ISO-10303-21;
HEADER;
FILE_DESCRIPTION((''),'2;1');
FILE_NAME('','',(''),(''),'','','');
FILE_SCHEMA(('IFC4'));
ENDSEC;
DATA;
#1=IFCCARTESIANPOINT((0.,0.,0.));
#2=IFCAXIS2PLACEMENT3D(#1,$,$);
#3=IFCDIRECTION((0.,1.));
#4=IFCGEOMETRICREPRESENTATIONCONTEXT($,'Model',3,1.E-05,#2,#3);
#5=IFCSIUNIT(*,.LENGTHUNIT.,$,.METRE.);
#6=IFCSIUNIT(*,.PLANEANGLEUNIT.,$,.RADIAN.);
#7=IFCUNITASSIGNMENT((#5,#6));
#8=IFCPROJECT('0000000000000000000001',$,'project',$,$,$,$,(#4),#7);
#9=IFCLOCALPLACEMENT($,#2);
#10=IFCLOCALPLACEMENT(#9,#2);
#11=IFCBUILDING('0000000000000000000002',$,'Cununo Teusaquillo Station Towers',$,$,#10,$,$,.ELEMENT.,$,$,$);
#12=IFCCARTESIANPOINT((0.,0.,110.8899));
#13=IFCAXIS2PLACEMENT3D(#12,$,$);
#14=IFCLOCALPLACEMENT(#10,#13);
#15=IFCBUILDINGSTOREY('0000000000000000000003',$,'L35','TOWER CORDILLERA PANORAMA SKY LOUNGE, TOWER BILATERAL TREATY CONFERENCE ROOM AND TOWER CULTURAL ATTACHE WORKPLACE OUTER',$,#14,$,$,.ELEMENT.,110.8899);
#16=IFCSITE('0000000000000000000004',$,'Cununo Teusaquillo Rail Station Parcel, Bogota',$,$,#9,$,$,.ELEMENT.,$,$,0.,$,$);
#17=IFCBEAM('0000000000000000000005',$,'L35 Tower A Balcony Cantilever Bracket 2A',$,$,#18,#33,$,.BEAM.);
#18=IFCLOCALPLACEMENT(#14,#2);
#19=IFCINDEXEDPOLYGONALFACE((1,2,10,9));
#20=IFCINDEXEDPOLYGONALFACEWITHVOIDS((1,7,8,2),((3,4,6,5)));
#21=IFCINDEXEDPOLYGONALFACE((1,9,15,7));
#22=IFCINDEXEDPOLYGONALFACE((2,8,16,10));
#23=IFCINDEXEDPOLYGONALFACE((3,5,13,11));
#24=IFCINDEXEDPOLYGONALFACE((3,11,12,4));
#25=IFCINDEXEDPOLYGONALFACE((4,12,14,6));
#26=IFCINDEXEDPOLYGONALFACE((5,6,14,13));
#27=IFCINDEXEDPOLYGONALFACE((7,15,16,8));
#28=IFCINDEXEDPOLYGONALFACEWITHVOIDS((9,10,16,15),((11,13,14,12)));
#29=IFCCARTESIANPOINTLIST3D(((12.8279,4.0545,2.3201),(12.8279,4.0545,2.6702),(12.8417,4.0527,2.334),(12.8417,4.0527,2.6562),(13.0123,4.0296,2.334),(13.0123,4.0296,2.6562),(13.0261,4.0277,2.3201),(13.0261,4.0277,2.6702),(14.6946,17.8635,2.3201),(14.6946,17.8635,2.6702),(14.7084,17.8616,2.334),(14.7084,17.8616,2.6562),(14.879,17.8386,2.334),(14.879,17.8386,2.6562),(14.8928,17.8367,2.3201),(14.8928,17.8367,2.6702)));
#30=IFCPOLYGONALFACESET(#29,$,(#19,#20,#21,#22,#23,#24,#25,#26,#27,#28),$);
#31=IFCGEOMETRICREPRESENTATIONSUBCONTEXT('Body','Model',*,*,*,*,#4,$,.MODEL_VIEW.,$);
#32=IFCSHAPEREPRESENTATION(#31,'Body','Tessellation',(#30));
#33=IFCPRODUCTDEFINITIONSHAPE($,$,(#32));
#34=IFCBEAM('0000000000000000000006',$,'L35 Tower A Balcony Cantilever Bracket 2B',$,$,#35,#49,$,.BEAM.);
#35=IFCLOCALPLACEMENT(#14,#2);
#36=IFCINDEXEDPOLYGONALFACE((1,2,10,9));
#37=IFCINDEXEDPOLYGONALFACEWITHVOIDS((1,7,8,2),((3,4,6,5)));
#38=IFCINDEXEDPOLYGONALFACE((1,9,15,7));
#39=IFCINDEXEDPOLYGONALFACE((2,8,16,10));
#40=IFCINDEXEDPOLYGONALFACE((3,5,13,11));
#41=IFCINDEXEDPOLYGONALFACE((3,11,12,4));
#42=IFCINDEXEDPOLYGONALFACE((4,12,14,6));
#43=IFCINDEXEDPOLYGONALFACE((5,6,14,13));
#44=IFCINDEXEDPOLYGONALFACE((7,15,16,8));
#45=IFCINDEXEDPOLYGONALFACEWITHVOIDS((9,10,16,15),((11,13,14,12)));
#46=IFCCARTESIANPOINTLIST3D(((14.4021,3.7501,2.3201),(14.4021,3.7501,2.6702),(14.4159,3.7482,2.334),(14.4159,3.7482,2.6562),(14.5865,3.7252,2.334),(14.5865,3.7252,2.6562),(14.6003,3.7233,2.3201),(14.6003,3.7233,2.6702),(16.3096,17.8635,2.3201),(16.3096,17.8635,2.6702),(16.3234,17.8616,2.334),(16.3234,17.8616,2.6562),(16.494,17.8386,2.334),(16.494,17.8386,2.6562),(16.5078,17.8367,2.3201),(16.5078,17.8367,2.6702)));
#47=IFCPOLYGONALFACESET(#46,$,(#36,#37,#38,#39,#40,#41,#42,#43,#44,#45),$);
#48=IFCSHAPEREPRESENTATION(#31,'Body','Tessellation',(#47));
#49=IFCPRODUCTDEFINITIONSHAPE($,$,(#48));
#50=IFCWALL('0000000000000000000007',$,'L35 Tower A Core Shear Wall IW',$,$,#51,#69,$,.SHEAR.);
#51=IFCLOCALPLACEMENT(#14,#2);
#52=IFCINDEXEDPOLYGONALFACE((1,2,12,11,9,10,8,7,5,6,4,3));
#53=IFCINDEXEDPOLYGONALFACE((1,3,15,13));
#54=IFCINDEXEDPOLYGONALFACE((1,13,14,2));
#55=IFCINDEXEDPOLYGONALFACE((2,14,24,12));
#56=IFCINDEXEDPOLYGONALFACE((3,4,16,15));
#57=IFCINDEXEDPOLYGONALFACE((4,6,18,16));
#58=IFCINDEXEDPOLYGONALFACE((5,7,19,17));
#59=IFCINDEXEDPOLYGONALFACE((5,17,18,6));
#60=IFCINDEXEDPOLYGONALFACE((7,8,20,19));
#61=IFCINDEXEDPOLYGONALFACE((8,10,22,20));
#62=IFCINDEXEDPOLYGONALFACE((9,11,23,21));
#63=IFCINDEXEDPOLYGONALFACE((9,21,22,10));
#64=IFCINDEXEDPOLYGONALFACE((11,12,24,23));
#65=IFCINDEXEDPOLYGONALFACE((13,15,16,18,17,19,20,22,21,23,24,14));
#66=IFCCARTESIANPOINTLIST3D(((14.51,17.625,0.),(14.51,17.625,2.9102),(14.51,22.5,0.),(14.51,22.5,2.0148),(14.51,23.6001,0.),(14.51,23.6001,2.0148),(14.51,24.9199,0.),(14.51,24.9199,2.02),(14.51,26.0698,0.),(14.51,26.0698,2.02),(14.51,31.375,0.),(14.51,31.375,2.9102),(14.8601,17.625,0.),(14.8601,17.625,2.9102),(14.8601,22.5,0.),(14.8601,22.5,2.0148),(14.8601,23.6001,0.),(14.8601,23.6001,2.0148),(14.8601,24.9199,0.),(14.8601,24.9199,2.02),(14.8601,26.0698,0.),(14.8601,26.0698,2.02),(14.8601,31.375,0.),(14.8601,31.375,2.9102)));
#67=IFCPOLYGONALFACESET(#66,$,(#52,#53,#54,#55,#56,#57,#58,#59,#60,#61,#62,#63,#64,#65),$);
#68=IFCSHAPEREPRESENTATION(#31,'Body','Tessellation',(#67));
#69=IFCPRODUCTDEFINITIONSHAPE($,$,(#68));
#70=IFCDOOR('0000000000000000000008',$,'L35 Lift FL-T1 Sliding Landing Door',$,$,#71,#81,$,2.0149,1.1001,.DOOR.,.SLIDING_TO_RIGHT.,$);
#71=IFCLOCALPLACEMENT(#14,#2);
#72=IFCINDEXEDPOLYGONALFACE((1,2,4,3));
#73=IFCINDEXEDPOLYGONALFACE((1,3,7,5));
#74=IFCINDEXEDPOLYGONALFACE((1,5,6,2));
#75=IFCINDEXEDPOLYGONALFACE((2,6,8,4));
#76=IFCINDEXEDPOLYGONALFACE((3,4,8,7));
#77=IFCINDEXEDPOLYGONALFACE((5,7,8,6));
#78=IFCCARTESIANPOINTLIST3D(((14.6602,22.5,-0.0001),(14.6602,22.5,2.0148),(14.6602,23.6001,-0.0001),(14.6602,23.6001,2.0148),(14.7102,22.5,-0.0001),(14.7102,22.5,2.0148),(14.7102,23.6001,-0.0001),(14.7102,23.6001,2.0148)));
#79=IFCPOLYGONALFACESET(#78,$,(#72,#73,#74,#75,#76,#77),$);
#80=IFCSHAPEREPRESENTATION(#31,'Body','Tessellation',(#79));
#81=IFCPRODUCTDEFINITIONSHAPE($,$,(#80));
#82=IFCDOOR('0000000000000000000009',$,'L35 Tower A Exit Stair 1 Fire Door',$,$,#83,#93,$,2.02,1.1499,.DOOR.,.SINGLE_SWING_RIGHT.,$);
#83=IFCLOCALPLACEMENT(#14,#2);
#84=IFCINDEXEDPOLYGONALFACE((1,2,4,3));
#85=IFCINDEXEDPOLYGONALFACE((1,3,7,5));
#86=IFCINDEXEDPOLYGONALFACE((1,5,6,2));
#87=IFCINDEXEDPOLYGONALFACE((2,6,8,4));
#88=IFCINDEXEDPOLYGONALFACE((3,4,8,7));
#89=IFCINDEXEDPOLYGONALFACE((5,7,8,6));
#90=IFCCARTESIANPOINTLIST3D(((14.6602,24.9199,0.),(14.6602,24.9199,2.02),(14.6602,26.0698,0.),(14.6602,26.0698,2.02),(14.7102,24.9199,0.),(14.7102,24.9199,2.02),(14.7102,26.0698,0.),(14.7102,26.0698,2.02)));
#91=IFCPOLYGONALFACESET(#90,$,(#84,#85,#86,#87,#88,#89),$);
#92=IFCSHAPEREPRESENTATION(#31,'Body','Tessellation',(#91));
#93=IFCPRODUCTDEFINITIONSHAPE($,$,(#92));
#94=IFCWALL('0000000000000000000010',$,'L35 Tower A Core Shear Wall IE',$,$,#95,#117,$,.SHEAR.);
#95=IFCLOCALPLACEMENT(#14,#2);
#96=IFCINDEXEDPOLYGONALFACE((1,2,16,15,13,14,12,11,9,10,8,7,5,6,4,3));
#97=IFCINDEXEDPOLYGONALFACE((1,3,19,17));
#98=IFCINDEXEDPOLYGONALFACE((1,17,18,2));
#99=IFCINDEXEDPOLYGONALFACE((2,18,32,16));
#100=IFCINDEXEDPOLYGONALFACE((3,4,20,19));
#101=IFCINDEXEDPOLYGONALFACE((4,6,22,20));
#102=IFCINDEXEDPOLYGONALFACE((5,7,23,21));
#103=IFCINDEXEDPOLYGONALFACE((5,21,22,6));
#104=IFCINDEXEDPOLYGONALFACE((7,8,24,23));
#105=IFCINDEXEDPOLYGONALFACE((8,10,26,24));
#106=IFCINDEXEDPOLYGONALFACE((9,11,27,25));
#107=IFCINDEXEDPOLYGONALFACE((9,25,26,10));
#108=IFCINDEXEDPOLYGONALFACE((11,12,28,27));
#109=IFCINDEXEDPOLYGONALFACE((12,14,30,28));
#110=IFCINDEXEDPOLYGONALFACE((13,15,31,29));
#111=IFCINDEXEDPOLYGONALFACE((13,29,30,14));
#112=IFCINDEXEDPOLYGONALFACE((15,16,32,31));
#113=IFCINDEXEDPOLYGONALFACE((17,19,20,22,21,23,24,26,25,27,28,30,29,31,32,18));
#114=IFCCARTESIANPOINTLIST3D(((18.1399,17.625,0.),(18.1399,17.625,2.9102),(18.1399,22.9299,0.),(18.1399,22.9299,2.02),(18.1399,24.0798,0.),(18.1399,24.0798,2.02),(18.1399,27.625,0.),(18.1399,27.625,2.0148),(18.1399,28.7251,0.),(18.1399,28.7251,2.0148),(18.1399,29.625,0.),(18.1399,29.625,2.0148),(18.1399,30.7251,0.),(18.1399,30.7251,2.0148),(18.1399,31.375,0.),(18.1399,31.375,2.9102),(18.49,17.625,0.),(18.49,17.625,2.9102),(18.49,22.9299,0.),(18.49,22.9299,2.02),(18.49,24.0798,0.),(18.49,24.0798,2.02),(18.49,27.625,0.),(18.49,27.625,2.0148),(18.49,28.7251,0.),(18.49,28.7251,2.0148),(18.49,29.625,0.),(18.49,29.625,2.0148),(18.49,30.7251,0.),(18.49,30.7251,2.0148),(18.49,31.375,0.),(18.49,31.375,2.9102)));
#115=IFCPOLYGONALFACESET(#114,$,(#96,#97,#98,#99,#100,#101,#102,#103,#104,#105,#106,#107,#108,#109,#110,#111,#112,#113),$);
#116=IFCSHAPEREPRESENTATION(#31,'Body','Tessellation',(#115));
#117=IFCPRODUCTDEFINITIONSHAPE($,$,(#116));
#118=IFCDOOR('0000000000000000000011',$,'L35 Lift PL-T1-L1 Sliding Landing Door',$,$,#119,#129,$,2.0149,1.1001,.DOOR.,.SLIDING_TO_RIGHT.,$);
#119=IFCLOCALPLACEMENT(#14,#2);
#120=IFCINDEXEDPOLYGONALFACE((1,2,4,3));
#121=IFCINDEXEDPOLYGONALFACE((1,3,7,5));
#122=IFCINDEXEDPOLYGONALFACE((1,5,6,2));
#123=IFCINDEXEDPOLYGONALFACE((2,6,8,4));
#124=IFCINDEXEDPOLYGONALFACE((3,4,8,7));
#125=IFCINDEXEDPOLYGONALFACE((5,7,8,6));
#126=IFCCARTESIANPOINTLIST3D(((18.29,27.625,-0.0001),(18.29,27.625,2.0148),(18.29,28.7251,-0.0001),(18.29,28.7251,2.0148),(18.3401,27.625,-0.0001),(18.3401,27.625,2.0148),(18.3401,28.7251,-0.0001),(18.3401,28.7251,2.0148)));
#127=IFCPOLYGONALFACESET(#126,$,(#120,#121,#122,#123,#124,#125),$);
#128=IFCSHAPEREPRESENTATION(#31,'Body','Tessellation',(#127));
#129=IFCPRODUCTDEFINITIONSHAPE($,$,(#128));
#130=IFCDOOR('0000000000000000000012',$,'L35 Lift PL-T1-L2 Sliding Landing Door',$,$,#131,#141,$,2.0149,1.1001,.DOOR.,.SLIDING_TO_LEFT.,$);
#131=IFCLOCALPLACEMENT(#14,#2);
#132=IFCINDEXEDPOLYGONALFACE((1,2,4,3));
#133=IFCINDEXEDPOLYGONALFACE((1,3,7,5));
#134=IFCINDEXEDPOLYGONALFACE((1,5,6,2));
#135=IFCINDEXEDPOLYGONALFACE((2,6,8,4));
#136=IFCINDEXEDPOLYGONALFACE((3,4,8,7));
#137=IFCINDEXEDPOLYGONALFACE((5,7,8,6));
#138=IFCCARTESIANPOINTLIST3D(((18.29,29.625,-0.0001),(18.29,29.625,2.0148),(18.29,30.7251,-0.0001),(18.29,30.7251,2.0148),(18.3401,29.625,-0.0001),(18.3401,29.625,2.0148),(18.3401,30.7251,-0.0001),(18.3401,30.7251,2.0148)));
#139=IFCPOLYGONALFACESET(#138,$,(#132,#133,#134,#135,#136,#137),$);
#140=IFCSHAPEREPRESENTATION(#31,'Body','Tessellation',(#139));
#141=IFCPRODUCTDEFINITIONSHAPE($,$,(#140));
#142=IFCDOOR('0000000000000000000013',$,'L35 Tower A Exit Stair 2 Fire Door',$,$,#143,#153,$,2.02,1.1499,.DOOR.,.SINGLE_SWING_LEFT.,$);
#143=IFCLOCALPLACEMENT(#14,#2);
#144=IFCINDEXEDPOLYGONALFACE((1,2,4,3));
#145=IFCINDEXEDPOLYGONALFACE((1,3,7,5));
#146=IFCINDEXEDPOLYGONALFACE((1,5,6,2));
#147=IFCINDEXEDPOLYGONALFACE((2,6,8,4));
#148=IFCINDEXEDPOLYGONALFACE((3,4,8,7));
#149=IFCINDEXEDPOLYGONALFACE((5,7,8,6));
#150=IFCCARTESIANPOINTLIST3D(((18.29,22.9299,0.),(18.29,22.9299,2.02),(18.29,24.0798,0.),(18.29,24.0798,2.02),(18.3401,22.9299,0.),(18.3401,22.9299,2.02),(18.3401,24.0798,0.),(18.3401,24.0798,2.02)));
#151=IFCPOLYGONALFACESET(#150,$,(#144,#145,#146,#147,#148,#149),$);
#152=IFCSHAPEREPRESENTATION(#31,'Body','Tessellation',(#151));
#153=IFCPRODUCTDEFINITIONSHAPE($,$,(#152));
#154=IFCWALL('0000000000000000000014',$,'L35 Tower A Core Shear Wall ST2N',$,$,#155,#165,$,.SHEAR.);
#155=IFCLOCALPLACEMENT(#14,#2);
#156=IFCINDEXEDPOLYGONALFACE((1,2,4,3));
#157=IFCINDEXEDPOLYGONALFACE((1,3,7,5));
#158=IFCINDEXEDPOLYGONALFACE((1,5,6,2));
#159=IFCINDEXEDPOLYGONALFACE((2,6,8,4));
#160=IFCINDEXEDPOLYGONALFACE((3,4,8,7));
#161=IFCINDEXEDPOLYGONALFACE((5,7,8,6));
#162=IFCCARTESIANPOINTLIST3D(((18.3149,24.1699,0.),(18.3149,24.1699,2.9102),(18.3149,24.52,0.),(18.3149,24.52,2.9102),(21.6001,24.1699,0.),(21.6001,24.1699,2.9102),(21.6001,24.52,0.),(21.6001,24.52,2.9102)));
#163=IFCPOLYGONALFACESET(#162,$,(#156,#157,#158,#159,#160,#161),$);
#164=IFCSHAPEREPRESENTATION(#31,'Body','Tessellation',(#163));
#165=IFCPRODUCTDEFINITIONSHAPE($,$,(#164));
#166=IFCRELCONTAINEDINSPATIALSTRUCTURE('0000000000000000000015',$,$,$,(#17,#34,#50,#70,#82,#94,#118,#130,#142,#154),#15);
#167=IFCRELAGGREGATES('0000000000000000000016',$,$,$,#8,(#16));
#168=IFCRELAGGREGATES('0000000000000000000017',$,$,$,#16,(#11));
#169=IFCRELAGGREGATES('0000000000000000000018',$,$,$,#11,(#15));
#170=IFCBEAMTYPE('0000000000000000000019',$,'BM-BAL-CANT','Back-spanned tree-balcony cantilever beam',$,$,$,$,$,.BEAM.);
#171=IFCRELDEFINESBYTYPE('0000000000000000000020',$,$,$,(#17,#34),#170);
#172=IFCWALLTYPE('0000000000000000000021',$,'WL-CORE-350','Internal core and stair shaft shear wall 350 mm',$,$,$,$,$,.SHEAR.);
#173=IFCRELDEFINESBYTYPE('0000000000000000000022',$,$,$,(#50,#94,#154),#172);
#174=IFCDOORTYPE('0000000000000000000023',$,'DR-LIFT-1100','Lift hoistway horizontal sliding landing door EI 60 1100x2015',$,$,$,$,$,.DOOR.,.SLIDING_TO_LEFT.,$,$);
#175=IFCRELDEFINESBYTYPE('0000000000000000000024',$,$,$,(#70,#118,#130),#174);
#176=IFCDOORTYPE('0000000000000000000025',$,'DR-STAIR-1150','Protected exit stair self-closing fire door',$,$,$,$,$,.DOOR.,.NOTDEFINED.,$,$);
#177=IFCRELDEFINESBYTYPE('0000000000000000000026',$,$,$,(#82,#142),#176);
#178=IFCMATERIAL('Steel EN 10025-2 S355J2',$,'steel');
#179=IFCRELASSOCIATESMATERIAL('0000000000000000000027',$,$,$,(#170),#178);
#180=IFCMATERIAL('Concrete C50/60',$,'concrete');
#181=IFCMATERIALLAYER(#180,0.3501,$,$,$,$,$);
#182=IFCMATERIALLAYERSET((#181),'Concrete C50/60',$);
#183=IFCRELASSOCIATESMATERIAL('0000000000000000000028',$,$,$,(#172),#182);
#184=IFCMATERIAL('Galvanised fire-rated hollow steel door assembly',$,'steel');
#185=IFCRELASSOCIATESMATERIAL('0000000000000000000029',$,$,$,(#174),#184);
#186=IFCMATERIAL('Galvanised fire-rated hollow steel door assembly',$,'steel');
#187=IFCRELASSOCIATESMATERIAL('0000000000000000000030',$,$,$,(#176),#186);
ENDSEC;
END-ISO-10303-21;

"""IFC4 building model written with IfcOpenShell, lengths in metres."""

from ifc_helpers import new_model, si_unit, direction, frame, frame_2d, origin, origin_2d, place, context, subcontext, project, spatial, rectangle, hollow_rectangle, extrude, source, transform, mapped, material, layer, layer_set, material_profile, profile_set, type_object, element, fill, save


model = new_model("IFC4")

# Units and contexts
model_context = context("Model", 3, precision=1e-05, world=origin(), true_north=direction((0.0, 1.0)))
body_context = subcontext(model_context, "Body", "Model", "MODEL_VIEW")
ifc_project = project(units=[si_unit("LENGTHUNIT", "METRE"), si_unit("PLANEANGLEUNIT", "RADIAN")], contexts=[model_context])

# Site, building, storey
site_placement = place(None, origin())
site = spatial("IfcSite", under=ifc_project, at=site_placement, Name="Cununo Teusaquillo Rail Station Parcel, Bogota", CompositionType="ELEMENT", RefElevation=0.0)
building_placement = place(site_placement, origin())
building = spatial("IfcBuilding", under=site, at=building_placement, Name="Cununo Teusaquillo Station Towers", CompositionType="ELEMENT")
storey_placement = place(building_placement, frame((0.0, 0.0, 110.8899)))
storey = spatial("IfcBuildingStorey", under=building, at=storey_placement, Name="L35", Description="TOWER CORDILLERA PANORAMA SKY LOUNGE, TOWER BILATERAL TREATY CONFERENCE ROOM AND TOWER CULTURAL ATTACHE WORKPLACE OUTER", CompositionType="ELEMENT", Elevation=110.8899)

# Beams
ifc_material_1 = material(Name="Steel EN 10025-2 S355J2", Category="steel")
ifc_material_profile = material_profile(ifc_material_1, hollow_rectangle(XDim=0.2, YDim=0.3501, WallThickness=0.0139, at=origin_2d()), Name="RHS 350x200x14")
ifc_profile_set = profile_set([ifc_material_profile], Name="Steel EN 10025-2 S355J2")
beam_type = type_object("IfcBeamType", Name="BM-BAL-CANT", Description="Back-spanned tree-balcony cantilever beam", PredefinedType="BEAM", material=ifc_profile_set)
beam_1_placement = place(storey_placement, frame((14.7937, 17.8501, 2.4951), z_axis=(-0.133961, -0.990987, 0.0), x_axis=(0.990987, -0.133961, 0.0)))
element("IfcBeam", 1, at=beam_1_placement, inside=storey, type_object=beam_type, Name="L35 Tower A Balcony Cantilever Bracket 2A", PredefinedType="BEAM", context=body_context, shape_type="SweptSolid", body=[
    extrude(hollow_rectangle(XDim=0.2, YDim=0.3501, WallThickness=0.0139, at=origin_2d()), origin(), (0.0, 0.0, 1.0), 13.9346),
])
beam_2_placement = place(storey_placement, frame((16.4087, 17.8501, 2.4951), z_axis=(-0.133937, -0.99099, 0.0), x_axis=(0.99099, -0.133937, 0.0)))
element("IfcBeam", 2, at=beam_2_placement, inside=storey, type_object=beam_type, Name="L35 Tower A Balcony Cantilever Bracket 2B", PredefinedType="BEAM", context=body_context, shape_type="SweptSolid", body=[
    extrude(hollow_rectangle(XDim=0.2, YDim=0.3501, WallThickness=0.0139, at=origin_2d()), origin(), (0.0, 0.0, 1.0), 14.2417),
])

# Walls, openings, doors
ifc_material_2 = material(Name="Concrete C50/60", Category="concrete")
ifc_layer_1 = layer(ifc_material_2, 0.3501)
ifc_layer_set_1 = layer_set([ifc_layer_1], Name="Concrete C50/60")
wall_type_1 = type_object("IfcWallType", Name="WL-CORE-350", Description="Internal core and stair shaft shear wall 350 mm", PredefinedType="SHEAR", material=ifc_layer_set_1)
wall_1_placement = place(storey_placement, frame((14.6851, 17.625, 0.0), z_axis=(0.0, 0.0, 1.0), x_axis=(0.0, 1.0, 0.0)))
wall_1 = element("IfcWall", 3, at=wall_1_placement, inside=storey, type_object=wall_type_1, Name="L35 Tower A Core Shear Wall IW", PredefinedType="SHEAR", context=body_context, shape_type="SweptSolid", body=[
    extrude(rectangle(XDim=13.75, YDim=0.3501, at=frame_2d((6.875, 0.0))), origin(), (0.0, 0.0, 1.0), 2.9102),
])
shared_shape_1 = source(origin(), body_context, "Body", "SweptSolid", [
    extrude(rectangle(XDim=1.1001, YDim=2.0149, at=frame_2d((0.55, 1.0073))), frame((0.0, 0.1851, 0.0), z_axis=(0.0, -1.0, 0.0), x_axis=(1.0, 0.0, 0.0)), (0.0, 0.0, 1.0), 0.3701),
])
opening_1_placement = place(wall_1_placement, frame((4.875, 0.0, 0.0)))
opening_1 = element("IfcOpeningElement", 4, at=opening_1_placement, cuts=wall_1, PredefinedType="OPENING", context=body_context, shape_type="MappedRepresentation", body=[
    mapped(shared_shape_1, transform((0.0, 0.0, 0.0), x_axis=(1.0, 0.0, 0.0), y_axis=(0.0, 1.0, 0.0), z_axis=(0.0, 0.0, 1.0), scale=1.0)),
])
shared_shape_2 = source(origin(), body_context, "Body", "SweptSolid", [
    extrude(rectangle(XDim=1.1499, YDim=2.02, at=frame_2d((0.575, 1.01))), frame((0.0, 0.1851, 0.0), z_axis=(0.0, -1.0, 0.0), x_axis=(1.0, 0.0, 0.0)), (0.0, 0.0, 1.0), 0.3701),
])
opening_2_placement = place(wall_1_placement, frame((7.2949, 0.0, 0.0)))
opening_2 = element("IfcOpeningElement", 5, at=opening_2_placement, cuts=wall_1, PredefinedType="OPENING", context=body_context, shape_type="MappedRepresentation", body=[
    mapped(shared_shape_2, transform((0.0, 0.0, 0.0), x_axis=(1.0, 0.0, 0.0), y_axis=(0.0, 1.0, 0.0), z_axis=(0.0, 0.0, 1.0), scale=1.0)),
])
ifc_material_3 = material(Name="Galvanised fire-rated hollow steel door assembly", Category="steel")
door_type_1 = type_object("IfcDoorType", Name="DR-LIFT-1100", Description="Lift hoistway horizontal sliding landing door EI 60 1100x2015", OperationType="SLIDING_TO_LEFT", PredefinedType="DOOR", material=ifc_material_3)
shared_shape_3 = source(origin(), body_context, "Body", "SweptSolid", [
    extrude(rectangle(XDim=1.1001, YDim=2.0149, at=frame_2d((0.55, 1.0073))), frame((0.0, 0.0249, 0.0), z_axis=(0.0, -1.0, 0.0), x_axis=(1.0, 0.0, 0.0)), (0.0, 0.0, 1.0), 0.05),
])
door_1_placement = place(opening_1_placement, origin())
door_1 = element("IfcDoor", 6, at=door_1_placement, inside=storey, type_object=door_type_1, Name="L35 Lift FL-T1 Sliding Landing Door", OperationType="SLIDING_TO_RIGHT", OverallHeight=2.0149, OverallWidth=1.1001, PredefinedType="DOOR", context=body_context, shape_type="MappedRepresentation", body=[
    mapped(shared_shape_3, transform((0.0, 0.0, 0.0), x_axis=(1.0, 0.0, 0.0), y_axis=(0.0, 1.0, 0.0), z_axis=(0.0, 0.0, 1.0), scale=1.0)),
])
fill(opening_1, door_1)
ifc_material_4 = material(Name="Galvanised fire-rated hollow steel door assembly", Category="steel")
door_type_2 = type_object("IfcDoorType", Name="DR-STAIR-1150", Description="Protected exit stair self-closing fire door", OperationType="NOTDEFINED", PredefinedType="DOOR", material=ifc_material_4)
shared_shape_4 = source(origin(), body_context, "Body", "SweptSolid", [
    extrude(rectangle(XDim=1.1499, YDim=2.02, at=frame_2d((0.575, 1.01))), frame((0.0, 0.0249, 0.0), z_axis=(0.0, -1.0, 0.0), x_axis=(1.0, 0.0, 0.0)), (0.0, 0.0, 1.0), 0.05),
])
door_2_placement = place(opening_2_placement, origin())
door_2 = element("IfcDoor", 7, at=door_2_placement, inside=storey, type_object=door_type_2, Name="L35 Tower A Exit Stair 1 Fire Door", OperationType="SINGLE_SWING_RIGHT", OverallHeight=2.02, OverallWidth=1.1499, PredefinedType="DOOR", context=body_context, shape_type="MappedRepresentation", body=[
    mapped(shared_shape_4, transform((0.0, 0.0, 0.0), x_axis=(1.0, 0.0, 0.0), y_axis=(0.0, 1.0, 0.0), z_axis=(0.0, 0.0, 1.0), scale=1.0)),
])
fill(opening_2, door_2)
wall_2_placement = place(storey_placement, frame((18.3149, 17.625, 0.0), z_axis=(0.0, 0.0, 1.0), x_axis=(0.0, 1.0, 0.0)))
wall_2 = element("IfcWall", 8, at=wall_2_placement, inside=storey, type_object=wall_type_1, Name="L35 Tower A Core Shear Wall IE", PredefinedType="SHEAR", context=body_context, shape_type="SweptSolid", body=[
    extrude(rectangle(XDim=13.75, YDim=0.3501, at=frame_2d((6.875, 0.0))), origin(), (0.0, 0.0, 1.0), 2.9102),
])
opening_3_placement = place(wall_2_placement, frame((10.0, 0.0, 0.0)))
opening_3 = element("IfcOpeningElement", 9, at=opening_3_placement, cuts=wall_2, PredefinedType="OPENING", context=body_context, shape_type="MappedRepresentation", body=[
    mapped(shared_shape_1, transform((0.0, 0.0, 0.0), x_axis=(1.0, 0.0, 0.0), y_axis=(0.0, 1.0, 0.0), z_axis=(0.0, 0.0, 1.0), scale=1.0)),
])
opening_4_placement = place(wall_2_placement, frame((12.0, 0.0, 0.0)))
opening_4 = element("IfcOpeningElement", 10, at=opening_4_placement, cuts=wall_2, PredefinedType="OPENING", context=body_context, shape_type="MappedRepresentation", body=[
    mapped(shared_shape_1, transform((0.0, 0.0, 0.0), x_axis=(1.0, 0.0, 0.0), y_axis=(0.0, 1.0, 0.0), z_axis=(0.0, 0.0, 1.0), scale=1.0)),
])
opening_5_placement = place(wall_2_placement, frame((5.3049, 0.0, 0.0)))
opening_5 = element("IfcOpeningElement", 11, at=opening_5_placement, cuts=wall_2, PredefinedType="OPENING", context=body_context, shape_type="MappedRepresentation", body=[
    mapped(shared_shape_2, transform((0.0, 0.0, 0.0), x_axis=(1.0, 0.0, 0.0), y_axis=(0.0, 1.0, 0.0), z_axis=(0.0, 0.0, 1.0), scale=1.0)),
])
door_3_placement = place(opening_3_placement, origin())
door_3 = element("IfcDoor", 12, at=door_3_placement, inside=storey, type_object=door_type_1, Name="L35 Lift PL-T1-L1 Sliding Landing Door", OperationType="SLIDING_TO_RIGHT", OverallHeight=2.0149, OverallWidth=1.1001, PredefinedType="DOOR", context=body_context, shape_type="MappedRepresentation", body=[
    mapped(shared_shape_3, transform((0.0, 0.0, 0.0), x_axis=(1.0, 0.0, 0.0), y_axis=(0.0, 1.0, 0.0), z_axis=(0.0, 0.0, 1.0), scale=1.0)),
])
fill(opening_3, door_3)
door_4_placement = place(opening_4_placement, origin())
door_4 = element("IfcDoor", 13, at=door_4_placement, inside=storey, type_object=door_type_1, Name="L35 Lift PL-T1-L2 Sliding Landing Door", OperationType="SLIDING_TO_LEFT", OverallHeight=2.0149, OverallWidth=1.1001, PredefinedType="DOOR", context=body_context, shape_type="MappedRepresentation", body=[
    mapped(shared_shape_3, transform((0.0, 0.0, 0.0), x_axis=(1.0, 0.0, 0.0), y_axis=(0.0, 1.0, 0.0), z_axis=(0.0, 0.0, 1.0), scale=1.0)),
])
fill(opening_4, door_4)
door_5_placement = place(opening_5_placement, origin())
door_5 = element("IfcDoor", 14, at=door_5_placement, inside=storey, type_object=door_type_2, Name="L35 Tower A Exit Stair 2 Fire Door", OperationType="SINGLE_SWING_LEFT", OverallHeight=2.02, OverallWidth=1.1499, PredefinedType="DOOR", context=body_context, shape_type="MappedRepresentation", body=[
    mapped(shared_shape_4, transform((0.0, 0.0, 0.0), x_axis=(1.0, 0.0, 0.0), y_axis=(0.0, 1.0, 0.0), z_axis=(0.0, 0.0, 1.0), scale=1.0)),
])
fill(opening_5, door_5)

# Wall
wall_3_placement = place(storey_placement, frame((18.3149, 24.345, 0.0), z_axis=(0.0, 0.0, 1.0), x_axis=(1.0, 0.0, 0.0)))
element("IfcWall", 15, at=wall_3_placement, inside=storey, type_object=wall_type_1, Name="L35 Tower A Core Shear Wall ST2N", PredefinedType="SHEAR", context=body_context, shape_type="SweptSolid", body=[
    extrude(rectangle(XDim=3.2852, YDim=0.3501, at=frame_2d((1.6426, 0.0))), origin(), (0.0, 0.0, 1.0), 2.9102),
])

save(model, "model.ifc")
